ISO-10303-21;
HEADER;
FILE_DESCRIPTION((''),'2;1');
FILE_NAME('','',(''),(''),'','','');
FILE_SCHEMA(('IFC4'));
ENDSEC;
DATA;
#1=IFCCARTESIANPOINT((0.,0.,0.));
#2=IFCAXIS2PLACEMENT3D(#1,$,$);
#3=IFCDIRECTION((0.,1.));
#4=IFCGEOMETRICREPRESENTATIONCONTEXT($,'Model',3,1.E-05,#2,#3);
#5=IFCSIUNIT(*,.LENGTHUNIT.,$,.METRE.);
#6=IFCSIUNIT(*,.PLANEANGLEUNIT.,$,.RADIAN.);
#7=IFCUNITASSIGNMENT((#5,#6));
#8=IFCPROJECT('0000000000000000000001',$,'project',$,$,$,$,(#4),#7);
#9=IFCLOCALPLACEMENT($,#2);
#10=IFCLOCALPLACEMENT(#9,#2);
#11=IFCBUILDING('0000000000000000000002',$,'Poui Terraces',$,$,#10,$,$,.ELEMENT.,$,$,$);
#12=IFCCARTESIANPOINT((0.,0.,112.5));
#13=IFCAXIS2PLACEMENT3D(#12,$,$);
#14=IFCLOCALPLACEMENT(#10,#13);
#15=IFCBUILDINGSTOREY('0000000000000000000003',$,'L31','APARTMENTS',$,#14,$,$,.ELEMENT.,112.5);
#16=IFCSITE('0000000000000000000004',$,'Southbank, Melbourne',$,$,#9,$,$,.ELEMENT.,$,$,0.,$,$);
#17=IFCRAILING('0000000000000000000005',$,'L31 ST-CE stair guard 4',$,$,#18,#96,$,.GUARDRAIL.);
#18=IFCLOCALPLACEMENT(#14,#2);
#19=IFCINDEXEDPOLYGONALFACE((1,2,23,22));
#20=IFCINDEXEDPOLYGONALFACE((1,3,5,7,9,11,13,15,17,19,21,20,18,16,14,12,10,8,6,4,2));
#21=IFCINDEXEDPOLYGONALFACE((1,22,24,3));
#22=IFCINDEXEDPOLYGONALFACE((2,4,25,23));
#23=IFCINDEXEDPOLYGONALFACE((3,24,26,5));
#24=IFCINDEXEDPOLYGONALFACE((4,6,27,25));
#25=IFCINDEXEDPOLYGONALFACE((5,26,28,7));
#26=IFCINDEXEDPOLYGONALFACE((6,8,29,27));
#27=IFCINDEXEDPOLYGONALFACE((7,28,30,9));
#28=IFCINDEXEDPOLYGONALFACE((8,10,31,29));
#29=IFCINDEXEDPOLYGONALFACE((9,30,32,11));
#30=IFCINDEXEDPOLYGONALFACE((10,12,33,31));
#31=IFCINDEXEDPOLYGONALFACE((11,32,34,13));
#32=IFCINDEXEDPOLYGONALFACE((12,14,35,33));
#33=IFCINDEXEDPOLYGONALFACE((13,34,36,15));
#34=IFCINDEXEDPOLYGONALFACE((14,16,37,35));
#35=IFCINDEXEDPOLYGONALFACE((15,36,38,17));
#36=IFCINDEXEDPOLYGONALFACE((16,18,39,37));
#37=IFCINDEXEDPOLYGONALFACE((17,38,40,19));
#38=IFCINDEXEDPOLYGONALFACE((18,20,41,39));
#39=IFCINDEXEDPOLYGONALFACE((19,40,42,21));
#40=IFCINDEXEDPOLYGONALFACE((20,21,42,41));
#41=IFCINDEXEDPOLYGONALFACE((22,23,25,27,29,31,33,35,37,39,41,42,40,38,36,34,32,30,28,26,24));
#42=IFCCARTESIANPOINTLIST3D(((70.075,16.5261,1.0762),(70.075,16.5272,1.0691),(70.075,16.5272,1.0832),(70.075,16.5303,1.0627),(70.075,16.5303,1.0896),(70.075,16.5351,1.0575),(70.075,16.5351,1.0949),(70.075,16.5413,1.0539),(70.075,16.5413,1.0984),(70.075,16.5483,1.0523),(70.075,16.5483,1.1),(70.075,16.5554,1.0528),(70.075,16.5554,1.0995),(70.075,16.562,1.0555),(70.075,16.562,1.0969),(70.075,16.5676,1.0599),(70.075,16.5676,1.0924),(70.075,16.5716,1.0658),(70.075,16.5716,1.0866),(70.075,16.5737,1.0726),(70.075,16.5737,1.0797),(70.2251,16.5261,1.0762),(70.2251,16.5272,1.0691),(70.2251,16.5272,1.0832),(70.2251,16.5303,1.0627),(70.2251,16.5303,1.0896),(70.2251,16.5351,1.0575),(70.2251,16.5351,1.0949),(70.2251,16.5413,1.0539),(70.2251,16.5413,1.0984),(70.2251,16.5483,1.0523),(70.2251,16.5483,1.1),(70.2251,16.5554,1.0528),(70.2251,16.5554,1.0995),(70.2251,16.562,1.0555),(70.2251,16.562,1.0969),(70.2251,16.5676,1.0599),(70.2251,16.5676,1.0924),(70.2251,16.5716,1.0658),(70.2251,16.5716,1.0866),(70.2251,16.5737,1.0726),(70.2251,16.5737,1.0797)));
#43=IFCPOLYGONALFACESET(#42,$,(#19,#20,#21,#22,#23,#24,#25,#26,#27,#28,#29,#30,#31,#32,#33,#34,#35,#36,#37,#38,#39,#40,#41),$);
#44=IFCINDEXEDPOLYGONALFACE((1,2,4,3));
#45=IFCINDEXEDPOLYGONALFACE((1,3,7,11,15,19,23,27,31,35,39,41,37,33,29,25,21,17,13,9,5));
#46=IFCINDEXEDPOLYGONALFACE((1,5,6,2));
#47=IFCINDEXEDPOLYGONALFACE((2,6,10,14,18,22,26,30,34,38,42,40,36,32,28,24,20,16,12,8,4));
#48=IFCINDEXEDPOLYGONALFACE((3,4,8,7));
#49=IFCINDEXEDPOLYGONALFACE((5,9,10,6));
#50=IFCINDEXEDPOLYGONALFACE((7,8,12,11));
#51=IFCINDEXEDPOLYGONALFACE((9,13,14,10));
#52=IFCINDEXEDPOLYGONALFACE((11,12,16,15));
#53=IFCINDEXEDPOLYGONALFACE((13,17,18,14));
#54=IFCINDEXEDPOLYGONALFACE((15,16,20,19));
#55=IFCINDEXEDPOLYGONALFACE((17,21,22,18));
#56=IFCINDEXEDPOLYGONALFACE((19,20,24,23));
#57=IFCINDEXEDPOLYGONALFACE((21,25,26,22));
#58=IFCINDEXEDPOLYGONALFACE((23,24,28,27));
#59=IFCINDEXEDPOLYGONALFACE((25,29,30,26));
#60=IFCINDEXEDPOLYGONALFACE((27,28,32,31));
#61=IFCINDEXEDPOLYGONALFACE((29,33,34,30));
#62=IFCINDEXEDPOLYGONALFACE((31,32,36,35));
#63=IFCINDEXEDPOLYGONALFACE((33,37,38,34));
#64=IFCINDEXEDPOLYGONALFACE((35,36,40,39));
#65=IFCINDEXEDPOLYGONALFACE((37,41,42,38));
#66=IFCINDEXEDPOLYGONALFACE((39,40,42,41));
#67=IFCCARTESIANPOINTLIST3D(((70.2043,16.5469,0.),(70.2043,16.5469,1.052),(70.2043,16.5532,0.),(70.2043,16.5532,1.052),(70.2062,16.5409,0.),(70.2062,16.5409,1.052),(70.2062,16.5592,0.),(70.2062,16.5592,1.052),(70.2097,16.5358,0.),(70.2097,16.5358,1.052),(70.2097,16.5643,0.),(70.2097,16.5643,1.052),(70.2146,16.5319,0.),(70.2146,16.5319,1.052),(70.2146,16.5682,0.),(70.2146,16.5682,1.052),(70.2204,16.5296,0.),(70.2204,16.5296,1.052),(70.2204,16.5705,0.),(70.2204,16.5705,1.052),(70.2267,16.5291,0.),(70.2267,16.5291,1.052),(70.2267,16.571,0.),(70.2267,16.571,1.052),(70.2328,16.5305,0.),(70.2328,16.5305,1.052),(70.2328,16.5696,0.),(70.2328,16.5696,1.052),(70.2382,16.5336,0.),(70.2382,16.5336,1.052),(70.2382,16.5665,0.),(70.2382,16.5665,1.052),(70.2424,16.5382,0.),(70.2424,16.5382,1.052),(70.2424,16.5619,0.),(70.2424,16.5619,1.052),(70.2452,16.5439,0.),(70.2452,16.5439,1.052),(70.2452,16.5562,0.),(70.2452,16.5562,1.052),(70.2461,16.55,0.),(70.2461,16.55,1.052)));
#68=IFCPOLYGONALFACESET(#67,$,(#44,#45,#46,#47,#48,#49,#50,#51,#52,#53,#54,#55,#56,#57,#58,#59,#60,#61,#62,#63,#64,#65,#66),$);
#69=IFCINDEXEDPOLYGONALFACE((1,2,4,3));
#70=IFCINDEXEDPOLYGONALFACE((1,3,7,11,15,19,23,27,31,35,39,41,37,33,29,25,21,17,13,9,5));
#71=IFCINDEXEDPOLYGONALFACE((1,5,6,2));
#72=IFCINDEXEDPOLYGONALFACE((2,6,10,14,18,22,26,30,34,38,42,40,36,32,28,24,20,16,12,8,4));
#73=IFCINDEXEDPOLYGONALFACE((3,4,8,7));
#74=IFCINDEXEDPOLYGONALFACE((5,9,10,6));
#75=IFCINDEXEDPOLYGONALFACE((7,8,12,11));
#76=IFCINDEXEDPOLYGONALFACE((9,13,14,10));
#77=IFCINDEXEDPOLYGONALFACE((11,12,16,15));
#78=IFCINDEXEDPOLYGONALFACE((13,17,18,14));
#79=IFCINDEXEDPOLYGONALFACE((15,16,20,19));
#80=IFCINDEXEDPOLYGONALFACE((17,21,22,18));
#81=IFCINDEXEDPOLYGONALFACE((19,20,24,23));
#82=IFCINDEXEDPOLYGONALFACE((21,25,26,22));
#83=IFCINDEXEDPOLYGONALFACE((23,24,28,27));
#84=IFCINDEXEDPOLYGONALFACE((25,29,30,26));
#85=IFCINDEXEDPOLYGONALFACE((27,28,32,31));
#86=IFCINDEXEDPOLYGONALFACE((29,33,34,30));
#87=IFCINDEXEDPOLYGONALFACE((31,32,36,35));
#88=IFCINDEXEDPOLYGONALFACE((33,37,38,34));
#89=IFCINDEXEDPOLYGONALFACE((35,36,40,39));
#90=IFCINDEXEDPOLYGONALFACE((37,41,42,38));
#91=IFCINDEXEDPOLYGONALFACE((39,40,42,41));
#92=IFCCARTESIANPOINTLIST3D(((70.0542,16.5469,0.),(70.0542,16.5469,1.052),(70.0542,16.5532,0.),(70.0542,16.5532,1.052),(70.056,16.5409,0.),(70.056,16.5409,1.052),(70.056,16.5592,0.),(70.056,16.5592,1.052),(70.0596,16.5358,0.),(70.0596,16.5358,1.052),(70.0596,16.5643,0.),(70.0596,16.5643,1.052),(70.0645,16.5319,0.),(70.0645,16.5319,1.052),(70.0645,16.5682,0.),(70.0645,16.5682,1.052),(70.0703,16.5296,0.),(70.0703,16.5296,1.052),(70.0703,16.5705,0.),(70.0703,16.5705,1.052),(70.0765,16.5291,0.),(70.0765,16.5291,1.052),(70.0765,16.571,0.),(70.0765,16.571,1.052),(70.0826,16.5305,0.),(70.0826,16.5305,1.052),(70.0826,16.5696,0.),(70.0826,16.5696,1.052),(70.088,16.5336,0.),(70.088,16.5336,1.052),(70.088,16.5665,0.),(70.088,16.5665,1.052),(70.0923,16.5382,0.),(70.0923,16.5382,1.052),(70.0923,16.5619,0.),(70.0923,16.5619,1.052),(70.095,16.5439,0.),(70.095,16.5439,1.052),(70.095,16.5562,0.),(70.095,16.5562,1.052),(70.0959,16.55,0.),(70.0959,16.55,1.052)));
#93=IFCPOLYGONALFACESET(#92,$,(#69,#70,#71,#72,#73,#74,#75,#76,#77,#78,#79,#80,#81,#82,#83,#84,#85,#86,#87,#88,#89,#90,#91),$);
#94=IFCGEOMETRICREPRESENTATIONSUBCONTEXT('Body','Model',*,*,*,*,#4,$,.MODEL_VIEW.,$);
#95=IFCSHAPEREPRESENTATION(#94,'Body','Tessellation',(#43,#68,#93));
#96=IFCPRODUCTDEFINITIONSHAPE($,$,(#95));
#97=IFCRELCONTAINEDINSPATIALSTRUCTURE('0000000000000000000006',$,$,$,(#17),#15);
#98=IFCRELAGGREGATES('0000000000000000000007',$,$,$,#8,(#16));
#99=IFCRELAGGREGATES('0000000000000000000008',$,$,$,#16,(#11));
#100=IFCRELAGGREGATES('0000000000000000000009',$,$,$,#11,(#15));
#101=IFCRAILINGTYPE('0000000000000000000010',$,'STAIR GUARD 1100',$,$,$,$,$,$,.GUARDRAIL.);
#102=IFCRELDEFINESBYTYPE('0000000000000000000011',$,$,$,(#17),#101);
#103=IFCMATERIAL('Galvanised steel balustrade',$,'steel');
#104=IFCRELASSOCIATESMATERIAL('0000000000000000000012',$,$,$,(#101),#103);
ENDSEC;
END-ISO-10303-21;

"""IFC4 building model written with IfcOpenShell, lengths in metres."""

from ifc_helpers import new_model, si_unit, direction, frame, origin, origin_2d, place, context, subcontext, project, spatial, circle, extrude, material, type_object, element, save


model = new_model("IFC4")

# Units and contexts
model_context = context("Model", 3, precision=1e-05, world=origin(), true_north=direction((0.0, 1.0)))
body_context = subcontext(model_context, "Body", "Model", "MODEL_VIEW")
ifc_project = project(units=[si_unit("LENGTHUNIT", "METRE"), si_unit("PLANEANGLEUNIT", "RADIAN")], contexts=[model_context])

# Site, building, storey
site_placement = place(None, origin())
site = spatial("IfcSite", under=ifc_project, at=site_placement, Name="Southbank, Melbourne", CompositionType="ELEMENT", RefElevation=0.0)
building_placement = place(site_placement, origin())
building = spatial("IfcBuilding", under=site, at=building_placement, Name="Poui Terraces", CompositionType="ELEMENT")
storey_placement = place(building_placement, frame((0.0, 0.0, 112.5)))
storey = spatial("IfcBuildingStorey", under=building, at=storey_placement, Name="L31", Description="APARTMENTS", CompositionType="ELEMENT", Elevation=112.5)

# Railing
ifc_material_1 = material(Name="Galvanised steel balustrade", Category="steel")
railing_type_1 = type_object("IfcRailingType", Name="STAIR GUARD 1100", PredefinedType="GUARDRAIL", material=ifc_material_1)
railing_1_placement = place(storey_placement, frame((70.2251, 16.55, 0.0)))
element("IfcRailing", 1, at=railing_1_placement, inside=storey, type_object=railing_type_1, Name="L31 ST-CE stair guard 4", PredefinedType="GUARDRAIL", context=body_context, shape_type="SweptSolid", body=[
    extrude(circle(Radius=0.0239, at=origin_2d()), frame((0.0, 0.0, 1.0762), z_axis=(-1.0, 0.0, 0.0), x_axis=(0.0, -1.0, 0.0)), (0.0, 0.0, 1.0), 0.1501),
    extrude(circle(Radius=0.021, at=origin_2d()), origin(), (0.0, 0.0, 1.0), 1.052),
    extrude(circle(Radius=0.021, at=origin_2d()), frame((-0.1501, 0.0, 0.0)), (0.0, 0.0, 1.0), 1.052),
])

save(model, "model.ifc")
